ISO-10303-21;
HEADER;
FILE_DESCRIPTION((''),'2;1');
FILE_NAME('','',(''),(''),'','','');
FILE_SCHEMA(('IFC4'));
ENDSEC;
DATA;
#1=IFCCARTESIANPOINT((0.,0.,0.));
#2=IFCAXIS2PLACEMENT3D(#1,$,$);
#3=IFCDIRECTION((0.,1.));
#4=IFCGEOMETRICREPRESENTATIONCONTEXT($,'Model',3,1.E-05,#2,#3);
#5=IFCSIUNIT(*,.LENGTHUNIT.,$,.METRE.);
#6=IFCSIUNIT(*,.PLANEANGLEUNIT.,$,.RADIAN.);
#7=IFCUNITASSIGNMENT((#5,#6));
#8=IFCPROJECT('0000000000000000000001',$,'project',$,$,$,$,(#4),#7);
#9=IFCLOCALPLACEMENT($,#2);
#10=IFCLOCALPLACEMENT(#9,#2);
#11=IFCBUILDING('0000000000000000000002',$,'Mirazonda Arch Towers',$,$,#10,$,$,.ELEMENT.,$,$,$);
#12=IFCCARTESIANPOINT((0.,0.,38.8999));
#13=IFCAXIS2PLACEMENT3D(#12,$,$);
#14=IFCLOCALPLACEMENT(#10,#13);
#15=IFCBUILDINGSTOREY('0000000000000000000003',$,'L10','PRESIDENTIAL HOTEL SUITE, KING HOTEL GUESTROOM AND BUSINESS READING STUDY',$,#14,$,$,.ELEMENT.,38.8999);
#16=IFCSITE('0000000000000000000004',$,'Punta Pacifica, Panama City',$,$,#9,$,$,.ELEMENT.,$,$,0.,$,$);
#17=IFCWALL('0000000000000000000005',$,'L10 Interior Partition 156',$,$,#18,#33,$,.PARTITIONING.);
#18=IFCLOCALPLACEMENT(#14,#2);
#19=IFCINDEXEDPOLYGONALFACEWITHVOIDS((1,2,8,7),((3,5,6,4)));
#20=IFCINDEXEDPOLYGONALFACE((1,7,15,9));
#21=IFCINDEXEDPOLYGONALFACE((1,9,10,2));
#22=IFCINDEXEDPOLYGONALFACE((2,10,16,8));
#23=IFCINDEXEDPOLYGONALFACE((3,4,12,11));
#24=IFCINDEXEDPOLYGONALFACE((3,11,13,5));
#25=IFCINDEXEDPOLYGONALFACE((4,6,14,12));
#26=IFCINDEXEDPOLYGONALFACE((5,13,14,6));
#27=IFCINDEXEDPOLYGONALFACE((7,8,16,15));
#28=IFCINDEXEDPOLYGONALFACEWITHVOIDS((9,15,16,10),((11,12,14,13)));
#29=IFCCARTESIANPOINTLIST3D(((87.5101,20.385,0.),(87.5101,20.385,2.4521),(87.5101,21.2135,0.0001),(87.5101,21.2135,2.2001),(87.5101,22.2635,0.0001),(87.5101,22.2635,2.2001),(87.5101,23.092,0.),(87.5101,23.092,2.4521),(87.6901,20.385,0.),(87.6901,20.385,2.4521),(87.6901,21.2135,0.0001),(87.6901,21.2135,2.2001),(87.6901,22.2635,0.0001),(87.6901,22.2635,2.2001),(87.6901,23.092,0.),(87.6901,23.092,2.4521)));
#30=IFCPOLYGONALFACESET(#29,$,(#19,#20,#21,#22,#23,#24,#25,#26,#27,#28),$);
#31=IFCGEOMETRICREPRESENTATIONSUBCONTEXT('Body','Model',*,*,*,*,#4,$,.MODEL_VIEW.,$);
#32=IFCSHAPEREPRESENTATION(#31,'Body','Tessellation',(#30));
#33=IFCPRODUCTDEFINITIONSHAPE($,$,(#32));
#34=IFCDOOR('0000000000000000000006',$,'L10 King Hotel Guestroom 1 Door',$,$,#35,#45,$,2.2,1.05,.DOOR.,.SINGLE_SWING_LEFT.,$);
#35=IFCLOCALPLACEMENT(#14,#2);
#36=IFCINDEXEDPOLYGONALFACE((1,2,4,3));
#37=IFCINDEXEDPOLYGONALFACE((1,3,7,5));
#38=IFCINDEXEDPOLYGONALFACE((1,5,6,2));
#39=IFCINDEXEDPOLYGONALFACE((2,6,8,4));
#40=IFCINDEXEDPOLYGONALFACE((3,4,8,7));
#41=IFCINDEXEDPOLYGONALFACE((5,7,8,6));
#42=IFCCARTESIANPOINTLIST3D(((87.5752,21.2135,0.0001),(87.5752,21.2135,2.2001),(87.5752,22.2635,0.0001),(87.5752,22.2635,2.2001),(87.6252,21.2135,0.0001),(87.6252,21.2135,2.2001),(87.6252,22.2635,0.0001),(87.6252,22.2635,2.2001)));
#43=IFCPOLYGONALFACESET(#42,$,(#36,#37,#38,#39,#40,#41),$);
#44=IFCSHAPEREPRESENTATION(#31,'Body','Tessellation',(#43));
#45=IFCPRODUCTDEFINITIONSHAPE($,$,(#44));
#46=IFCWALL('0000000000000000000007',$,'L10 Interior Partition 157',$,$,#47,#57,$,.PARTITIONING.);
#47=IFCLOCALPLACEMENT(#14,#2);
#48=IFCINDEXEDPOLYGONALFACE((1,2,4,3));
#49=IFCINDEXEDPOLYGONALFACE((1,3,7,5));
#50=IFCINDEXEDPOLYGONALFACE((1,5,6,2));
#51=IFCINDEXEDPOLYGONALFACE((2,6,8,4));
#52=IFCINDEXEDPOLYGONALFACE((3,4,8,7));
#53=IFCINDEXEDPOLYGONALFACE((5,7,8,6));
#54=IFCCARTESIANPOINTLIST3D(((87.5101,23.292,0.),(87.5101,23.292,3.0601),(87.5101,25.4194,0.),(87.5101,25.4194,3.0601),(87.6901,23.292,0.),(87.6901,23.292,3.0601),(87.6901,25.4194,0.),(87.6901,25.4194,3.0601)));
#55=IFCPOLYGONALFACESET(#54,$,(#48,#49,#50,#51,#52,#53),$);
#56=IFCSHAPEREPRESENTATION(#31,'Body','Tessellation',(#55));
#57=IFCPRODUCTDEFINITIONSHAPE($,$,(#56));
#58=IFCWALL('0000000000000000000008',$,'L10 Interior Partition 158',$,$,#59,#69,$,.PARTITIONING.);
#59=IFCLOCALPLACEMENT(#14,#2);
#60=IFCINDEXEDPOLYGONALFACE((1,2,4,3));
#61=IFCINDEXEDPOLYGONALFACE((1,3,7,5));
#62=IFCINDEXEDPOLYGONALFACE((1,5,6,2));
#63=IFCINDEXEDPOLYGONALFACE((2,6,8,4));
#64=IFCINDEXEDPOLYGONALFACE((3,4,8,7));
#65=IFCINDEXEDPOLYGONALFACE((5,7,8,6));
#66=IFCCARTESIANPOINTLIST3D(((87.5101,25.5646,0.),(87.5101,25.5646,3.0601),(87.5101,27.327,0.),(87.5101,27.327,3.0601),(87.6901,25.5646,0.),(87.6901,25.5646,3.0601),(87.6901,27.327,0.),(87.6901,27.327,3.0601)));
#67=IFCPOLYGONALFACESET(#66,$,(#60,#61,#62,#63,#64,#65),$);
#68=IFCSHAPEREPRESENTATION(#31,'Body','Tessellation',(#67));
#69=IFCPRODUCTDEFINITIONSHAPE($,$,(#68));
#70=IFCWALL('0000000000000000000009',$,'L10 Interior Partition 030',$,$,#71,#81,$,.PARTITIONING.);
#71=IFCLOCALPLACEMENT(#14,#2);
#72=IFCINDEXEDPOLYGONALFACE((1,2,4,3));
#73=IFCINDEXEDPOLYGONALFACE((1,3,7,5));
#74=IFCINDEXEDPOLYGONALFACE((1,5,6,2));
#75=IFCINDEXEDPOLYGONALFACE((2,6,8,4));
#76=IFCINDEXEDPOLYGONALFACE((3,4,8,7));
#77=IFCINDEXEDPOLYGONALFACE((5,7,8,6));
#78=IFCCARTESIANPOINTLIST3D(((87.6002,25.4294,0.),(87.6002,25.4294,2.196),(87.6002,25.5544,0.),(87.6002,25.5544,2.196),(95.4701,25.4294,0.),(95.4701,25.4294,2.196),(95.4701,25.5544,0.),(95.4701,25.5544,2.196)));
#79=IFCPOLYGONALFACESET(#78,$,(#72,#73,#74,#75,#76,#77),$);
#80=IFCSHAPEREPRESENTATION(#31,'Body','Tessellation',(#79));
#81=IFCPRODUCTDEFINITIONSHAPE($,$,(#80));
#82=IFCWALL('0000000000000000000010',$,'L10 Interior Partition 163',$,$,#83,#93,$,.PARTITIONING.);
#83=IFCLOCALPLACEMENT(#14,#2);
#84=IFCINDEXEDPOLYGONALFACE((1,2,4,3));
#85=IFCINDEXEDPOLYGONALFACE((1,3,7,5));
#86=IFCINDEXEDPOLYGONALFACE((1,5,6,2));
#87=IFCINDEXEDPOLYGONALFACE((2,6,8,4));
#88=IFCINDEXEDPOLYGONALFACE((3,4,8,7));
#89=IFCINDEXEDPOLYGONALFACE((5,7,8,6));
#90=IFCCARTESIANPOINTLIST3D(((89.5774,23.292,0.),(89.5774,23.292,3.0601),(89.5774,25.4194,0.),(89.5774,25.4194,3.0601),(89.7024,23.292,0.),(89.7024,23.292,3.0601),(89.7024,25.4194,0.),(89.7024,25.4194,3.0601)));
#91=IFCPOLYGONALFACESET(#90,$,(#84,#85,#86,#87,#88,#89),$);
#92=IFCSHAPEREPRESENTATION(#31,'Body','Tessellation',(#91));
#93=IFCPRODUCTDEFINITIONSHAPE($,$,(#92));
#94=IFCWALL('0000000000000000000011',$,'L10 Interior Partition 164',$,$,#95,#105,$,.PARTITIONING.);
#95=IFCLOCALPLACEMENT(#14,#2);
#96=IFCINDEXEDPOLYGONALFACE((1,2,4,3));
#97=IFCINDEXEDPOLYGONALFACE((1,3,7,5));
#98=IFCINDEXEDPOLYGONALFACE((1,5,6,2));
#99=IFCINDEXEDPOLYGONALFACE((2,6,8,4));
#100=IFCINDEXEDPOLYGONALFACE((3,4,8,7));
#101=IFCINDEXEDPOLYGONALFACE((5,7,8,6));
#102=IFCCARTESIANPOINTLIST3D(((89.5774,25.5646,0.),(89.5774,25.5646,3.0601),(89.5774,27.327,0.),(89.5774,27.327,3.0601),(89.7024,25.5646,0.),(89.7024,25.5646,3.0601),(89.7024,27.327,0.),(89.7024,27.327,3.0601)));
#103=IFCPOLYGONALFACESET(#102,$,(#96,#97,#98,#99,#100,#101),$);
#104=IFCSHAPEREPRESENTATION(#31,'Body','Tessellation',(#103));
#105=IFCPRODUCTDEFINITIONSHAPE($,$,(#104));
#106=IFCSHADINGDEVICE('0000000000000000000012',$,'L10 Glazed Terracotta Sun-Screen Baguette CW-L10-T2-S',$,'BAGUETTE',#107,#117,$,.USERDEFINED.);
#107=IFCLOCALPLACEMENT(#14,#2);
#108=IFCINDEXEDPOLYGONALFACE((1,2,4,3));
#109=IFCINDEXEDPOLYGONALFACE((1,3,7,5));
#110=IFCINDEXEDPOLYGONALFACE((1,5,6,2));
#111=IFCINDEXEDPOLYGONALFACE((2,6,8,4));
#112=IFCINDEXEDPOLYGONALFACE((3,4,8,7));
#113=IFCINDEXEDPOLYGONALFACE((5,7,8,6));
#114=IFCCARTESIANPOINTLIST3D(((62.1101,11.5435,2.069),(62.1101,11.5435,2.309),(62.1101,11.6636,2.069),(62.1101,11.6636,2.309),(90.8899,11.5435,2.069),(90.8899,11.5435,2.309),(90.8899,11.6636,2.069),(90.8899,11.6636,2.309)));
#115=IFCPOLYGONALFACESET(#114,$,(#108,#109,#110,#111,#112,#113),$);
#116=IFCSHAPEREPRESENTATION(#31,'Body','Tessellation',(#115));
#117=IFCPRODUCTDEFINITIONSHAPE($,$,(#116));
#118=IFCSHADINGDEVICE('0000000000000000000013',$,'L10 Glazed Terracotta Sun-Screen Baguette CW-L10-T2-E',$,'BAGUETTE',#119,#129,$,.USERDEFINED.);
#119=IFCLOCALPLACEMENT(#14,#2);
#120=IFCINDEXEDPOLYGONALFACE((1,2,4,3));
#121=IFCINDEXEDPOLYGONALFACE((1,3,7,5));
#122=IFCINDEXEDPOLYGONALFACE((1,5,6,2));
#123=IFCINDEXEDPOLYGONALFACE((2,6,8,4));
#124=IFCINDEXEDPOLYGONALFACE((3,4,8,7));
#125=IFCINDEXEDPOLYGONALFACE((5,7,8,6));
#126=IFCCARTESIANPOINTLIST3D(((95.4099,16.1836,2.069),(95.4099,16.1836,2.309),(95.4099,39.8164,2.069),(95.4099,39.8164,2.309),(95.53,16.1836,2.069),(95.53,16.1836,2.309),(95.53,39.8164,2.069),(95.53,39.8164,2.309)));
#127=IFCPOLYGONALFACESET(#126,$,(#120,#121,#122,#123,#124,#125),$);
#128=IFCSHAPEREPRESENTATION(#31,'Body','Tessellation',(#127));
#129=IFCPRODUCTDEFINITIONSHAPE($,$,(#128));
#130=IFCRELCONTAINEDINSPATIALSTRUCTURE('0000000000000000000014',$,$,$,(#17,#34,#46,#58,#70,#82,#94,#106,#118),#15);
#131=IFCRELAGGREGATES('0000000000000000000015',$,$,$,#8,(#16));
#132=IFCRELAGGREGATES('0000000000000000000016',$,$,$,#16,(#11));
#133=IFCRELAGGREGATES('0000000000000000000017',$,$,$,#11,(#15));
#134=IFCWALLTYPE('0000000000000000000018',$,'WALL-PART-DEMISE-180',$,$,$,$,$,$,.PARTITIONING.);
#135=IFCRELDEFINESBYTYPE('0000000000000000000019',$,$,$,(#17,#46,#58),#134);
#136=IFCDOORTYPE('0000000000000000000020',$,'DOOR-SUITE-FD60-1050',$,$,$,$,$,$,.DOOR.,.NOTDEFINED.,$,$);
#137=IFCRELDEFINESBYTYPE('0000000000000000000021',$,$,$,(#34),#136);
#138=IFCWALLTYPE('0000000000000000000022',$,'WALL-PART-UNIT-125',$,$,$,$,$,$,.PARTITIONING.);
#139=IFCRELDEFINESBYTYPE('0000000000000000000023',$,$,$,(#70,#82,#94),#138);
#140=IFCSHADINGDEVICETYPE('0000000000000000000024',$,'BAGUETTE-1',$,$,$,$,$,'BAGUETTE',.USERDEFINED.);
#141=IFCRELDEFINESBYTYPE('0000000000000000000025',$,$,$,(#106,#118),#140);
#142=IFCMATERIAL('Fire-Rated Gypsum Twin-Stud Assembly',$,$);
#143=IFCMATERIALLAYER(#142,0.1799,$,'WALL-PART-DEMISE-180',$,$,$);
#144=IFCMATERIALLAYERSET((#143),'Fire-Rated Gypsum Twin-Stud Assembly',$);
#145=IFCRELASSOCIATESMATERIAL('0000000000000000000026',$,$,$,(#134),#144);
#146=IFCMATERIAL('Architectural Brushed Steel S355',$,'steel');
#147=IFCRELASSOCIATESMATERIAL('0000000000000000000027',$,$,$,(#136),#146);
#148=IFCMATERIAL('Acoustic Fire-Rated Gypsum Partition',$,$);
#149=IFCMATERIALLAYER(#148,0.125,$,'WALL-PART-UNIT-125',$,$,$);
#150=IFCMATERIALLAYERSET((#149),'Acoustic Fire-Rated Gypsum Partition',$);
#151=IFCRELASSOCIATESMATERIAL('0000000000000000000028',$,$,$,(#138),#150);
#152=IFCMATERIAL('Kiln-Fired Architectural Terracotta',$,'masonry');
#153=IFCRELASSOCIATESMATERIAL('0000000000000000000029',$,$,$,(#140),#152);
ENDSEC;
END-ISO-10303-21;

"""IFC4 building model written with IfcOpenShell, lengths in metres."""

from ifc_helpers import new_model, si_unit, direction, frame, frame_2d, origin, origin_2d, place, context, subcontext, project, spatial, rectangle, extrude, material, layer, layer_set, material_profile, profile_set, type_object, element, fill, save


model = new_model("IFC4")

# Units and contexts
model_context = context("Model", 3, precision=1e-05, world=origin(), true_north=direction((0.0, 1.0)))
body_context = subcontext(model_context, "Body", "Model", "MODEL_VIEW")
ifc_project = project(units=[si_unit("LENGTHUNIT", "METRE"), si_unit("PLANEANGLEUNIT", "RADIAN")], contexts=[model_context])

# Site, building, storey
site_placement = place(None, origin())
site = spatial("IfcSite", under=ifc_project, at=site_placement, Name="Punta Pacifica, Panama City", CompositionType="ELEMENT", RefElevation=0.0)
building_placement = place(site_placement, origin())
building = spatial("IfcBuilding", under=site, at=building_placement, Name="Mirazonda Arch Towers", CompositionType="ELEMENT")
storey_placement = place(building_placement, frame((0.0, 0.0, 38.8999)))
storey = spatial("IfcBuildingStorey", under=building, at=storey_placement, Name="L10", Description="PRESIDENTIAL HOTEL SUITE, KING HOTEL GUESTROOM AND BUSINESS READING STUDY", CompositionType="ELEMENT", Elevation=38.8999)

# Shared definitions
ifc_material_1 = material(Name="Fire-Rated Gypsum Twin-Stud Assembly")
ifc_layer_1 = layer(ifc_material_1, 0.1799, Name="WALL-PART-DEMISE-180")
ifc_layer_set_1 = layer_set([ifc_layer_1], Name="Fire-Rated Gypsum Twin-Stud Assembly")
wall_type_1 = type_object("IfcWallType", Name="WALL-PART-DEMISE-180", PredefinedType="PARTITIONING", material=ifc_layer_set_1)

# Shared definitions
ifc_material_2 = material(Name="Architectural Brushed Steel S355", Category="steel")

# Wall, opening, door
wall_1_placement = place(storey_placement, frame((87.6001, 20.385, 0.0), z_axis=(0.0, 0.0, 1.0), x_axis=(0.0, 1.0, 0.0)))
wall_1 = element("IfcWall", 1, at=wall_1_placement, inside=storey, type_object=wall_type_1, Name="L10 Interior Partition 156", PredefinedType="PARTITIONING", context=body_context, shape_type="SweptSolid", body=[
    extrude(rectangle(XDim=2.707, YDim=0.1799, at=frame_2d((1.3535, 0.0))), origin(), (0.0, 0.0, 1.0), 2.4521),
])
opening_1_placement = place(wall_1_placement, frame((0.8286, 0.0, 0.0)))
opening_1 = element("IfcOpeningElement", 2, at=opening_1_placement, cuts=wall_1, PredefinedType="OPENING", context=body_context, shape_type="SweptSolid", body=[
    extrude(rectangle(XDim=1.05, YDim=2.2, at=frame_2d((0.5249, 1.1001))), frame((0.0, 0.0999, 0.0), z_axis=(0.0, -1.0, 0.0), x_axis=(1.0, 0.0, 0.0)), (0.0, 0.0, 1.0), 0.2),
])
door_type_1 = type_object("IfcDoorType", Name="DOOR-SUITE-FD60-1050", OperationType="NOTDEFINED", PredefinedType="DOOR", material=ifc_material_2)
door_1_placement = place(opening_1_placement, origin())
door_1 = element("IfcDoor", 3, at=door_1_placement, inside=storey, type_object=door_type_1, Name="L10 King Hotel Guestroom 1 Door", OperationType="SINGLE_SWING_LEFT", OverallHeight=2.2, OverallWidth=1.05, PredefinedType="DOOR", context=body_context, shape_type="SweptSolid", body=[
    extrude(rectangle(XDim=1.05, YDim=2.2, at=frame_2d((0.5249, 1.1001))), frame((0.0, 0.0249, 0.0), z_axis=(0.0, -1.0, 0.0), x_axis=(1.0, 0.0, 0.0)), (0.0, 0.0, 1.0), 0.05),
])
fill(opening_1, door_1)

# Walls
wall_2_placement = place(storey_placement, frame((87.6001, 23.292, 0.0), z_axis=(0.0, 0.0, 1.0), x_axis=(0.0, 1.0, 0.0)))
element("IfcWall", 4, at=wall_2_placement, inside=storey, type_object=wall_type_1, Name="L10 Interior Partition 157", PredefinedType="PARTITIONING", context=body_context, shape_type="SweptSolid", body=[
    extrude(rectangle(XDim=2.1274, YDim=0.1799, at=frame_2d((1.0637, 0.0))), origin(), (0.0, 0.0, 1.0), 3.0601),
])
wall_3_placement = place(storey_placement, frame((87.6001, 25.5645, 0.0), z_axis=(0.0, 0.0, 1.0), x_axis=(0.0, 1.0, 0.0)))
element("IfcWall", 5, at=wall_3_placement, inside=storey, type_object=wall_type_1, Name="L10 Interior Partition 158", PredefinedType="PARTITIONING", context=body_context, shape_type="SweptSolid", body=[
    extrude(rectangle(XDim=1.7625, YDim=0.1799, at=frame_2d((0.8813, 0.0))), origin(), (0.0, 0.0, 1.0), 3.0601),
])
ifc_material_3 = material(Name="Acoustic Fire-Rated Gypsum Partition")
ifc_layer_2 = layer(ifc_material_3, 0.125, Name="WALL-PART-UNIT-125")
ifc_layer_set_2 = layer_set([ifc_layer_2], Name="Acoustic Fire-Rated Gypsum Partition")
wall_type_2 = type_object("IfcWallType", Name="WALL-PART-UNIT-125", PredefinedType="PARTITIONING", material=ifc_layer_set_2)
wall_4_placement = place(storey_placement, frame((87.6001, 25.4919, 0.0), z_axis=(0.0, 0.0, 1.0), x_axis=(1.0, 0.0, 0.0)))
element("IfcWall", 6, at=wall_4_placement, inside=storey, type_object=wall_type_2, Name="L10 Interior Partition 030", PredefinedType="PARTITIONING", context=body_context, shape_type="SweptSolid", body=[
    extrude(rectangle(XDim=7.8699, YDim=0.125, at=frame_2d((3.9351, 0.0))), origin(), (0.0, 0.0, 1.0), 2.196),
])
wall_5_placement = place(storey_placement, frame((89.6399, 23.292, 0.0), z_axis=(0.0, 0.0, 1.0), x_axis=(0.0, 1.0, 0.0)))
element("IfcWall", 7, at=wall_5_placement, inside=storey, type_object=wall_type_2, Name="L10 Interior Partition 163", PredefinedType="PARTITIONING", context=body_context, shape_type="SweptSolid", body=[
    extrude(rectangle(XDim=2.1274, YDim=0.125, at=frame_2d((1.0637, 0.0))), origin(), (0.0, 0.0, 1.0), 3.0601),
])
wall_6_placement = place(storey_placement, frame((89.6399, 25.5645, 0.0), z_axis=(0.0, 0.0, 1.0), x_axis=(0.0, 1.0, 0.0)))
element("IfcWall", 8, at=wall_6_placement, inside=storey, type_object=wall_type_2, Name="L10 Interior Partition 164", PredefinedType="PARTITIONING", context=body_context, shape_type="SweptSolid", body=[
    extrude(rectangle(XDim=1.7625, YDim=0.125, at=frame_2d((0.8813, 0.0))), origin(), (0.0, 0.0, 1.0), 3.0601),
])

# Shading devices
ifc_material_4 = material(Name="Kiln-Fired Architectural Terracotta", Category="masonry")
ifc_material_profile_1 = material_profile(ifc_material_4, rectangle(XDim=0.1201, YDim=0.24, at=origin_2d()), Name="TERRA-BAG-120x240")
ifc_profile_set_1 = profile_set([ifc_material_profile_1], Name="Kiln-Fired Architectural Terracotta")
shading_device_type = type_object("IfcShadingDeviceType", Name="BAGUETTE-1", ElementType="BAGUETTE", PredefinedType="USERDEFINED", material=ifc_profile_set_1)
shading_device_1_placement = place(storey_placement, frame((90.8899, 11.6035, 2.189), z_axis=(-1.0, 0.0, 0.0), x_axis=(0.0, -1.0, 0.0)))
element("IfcShadingDevice", 9, at=shading_device_1_placement, inside=storey, type_object=shading_device_type, Name="L10 Glazed Terracotta Sun-Screen Baguette CW-L10-T2-S", ObjectType="BAGUETTE", PredefinedType="USERDEFINED", context=body_context, shape_type="SweptSolid", body=[
    extrude(rectangle(XDim=0.1201, YDim=0.24, at=origin_2d()), origin(), (0.0, 0.0, 1.0), 28.7798),
])
shading_device_2_placement = place(storey_placement, frame((95.47, 16.1836, 2.189), z_axis=(0.0, 1.0, 0.0), x_axis=(-1.0, 0.0, 0.0)))
element("IfcShadingDevice", 10, at=shading_device_2_placement, inside=storey, type_object=shading_device_type, Name="L10 Glazed Terracotta Sun-Screen Baguette CW-L10-T2-E", ObjectType="BAGUETTE", PredefinedType="USERDEFINED", context=body_context, shape_type="SweptSolid", body=[
    extrude(rectangle(XDim=0.1201, YDim=0.24, at=origin_2d()), origin(), (0.0, 0.0, 1.0), 23.6328),
])

save(model, "model.ifc")
